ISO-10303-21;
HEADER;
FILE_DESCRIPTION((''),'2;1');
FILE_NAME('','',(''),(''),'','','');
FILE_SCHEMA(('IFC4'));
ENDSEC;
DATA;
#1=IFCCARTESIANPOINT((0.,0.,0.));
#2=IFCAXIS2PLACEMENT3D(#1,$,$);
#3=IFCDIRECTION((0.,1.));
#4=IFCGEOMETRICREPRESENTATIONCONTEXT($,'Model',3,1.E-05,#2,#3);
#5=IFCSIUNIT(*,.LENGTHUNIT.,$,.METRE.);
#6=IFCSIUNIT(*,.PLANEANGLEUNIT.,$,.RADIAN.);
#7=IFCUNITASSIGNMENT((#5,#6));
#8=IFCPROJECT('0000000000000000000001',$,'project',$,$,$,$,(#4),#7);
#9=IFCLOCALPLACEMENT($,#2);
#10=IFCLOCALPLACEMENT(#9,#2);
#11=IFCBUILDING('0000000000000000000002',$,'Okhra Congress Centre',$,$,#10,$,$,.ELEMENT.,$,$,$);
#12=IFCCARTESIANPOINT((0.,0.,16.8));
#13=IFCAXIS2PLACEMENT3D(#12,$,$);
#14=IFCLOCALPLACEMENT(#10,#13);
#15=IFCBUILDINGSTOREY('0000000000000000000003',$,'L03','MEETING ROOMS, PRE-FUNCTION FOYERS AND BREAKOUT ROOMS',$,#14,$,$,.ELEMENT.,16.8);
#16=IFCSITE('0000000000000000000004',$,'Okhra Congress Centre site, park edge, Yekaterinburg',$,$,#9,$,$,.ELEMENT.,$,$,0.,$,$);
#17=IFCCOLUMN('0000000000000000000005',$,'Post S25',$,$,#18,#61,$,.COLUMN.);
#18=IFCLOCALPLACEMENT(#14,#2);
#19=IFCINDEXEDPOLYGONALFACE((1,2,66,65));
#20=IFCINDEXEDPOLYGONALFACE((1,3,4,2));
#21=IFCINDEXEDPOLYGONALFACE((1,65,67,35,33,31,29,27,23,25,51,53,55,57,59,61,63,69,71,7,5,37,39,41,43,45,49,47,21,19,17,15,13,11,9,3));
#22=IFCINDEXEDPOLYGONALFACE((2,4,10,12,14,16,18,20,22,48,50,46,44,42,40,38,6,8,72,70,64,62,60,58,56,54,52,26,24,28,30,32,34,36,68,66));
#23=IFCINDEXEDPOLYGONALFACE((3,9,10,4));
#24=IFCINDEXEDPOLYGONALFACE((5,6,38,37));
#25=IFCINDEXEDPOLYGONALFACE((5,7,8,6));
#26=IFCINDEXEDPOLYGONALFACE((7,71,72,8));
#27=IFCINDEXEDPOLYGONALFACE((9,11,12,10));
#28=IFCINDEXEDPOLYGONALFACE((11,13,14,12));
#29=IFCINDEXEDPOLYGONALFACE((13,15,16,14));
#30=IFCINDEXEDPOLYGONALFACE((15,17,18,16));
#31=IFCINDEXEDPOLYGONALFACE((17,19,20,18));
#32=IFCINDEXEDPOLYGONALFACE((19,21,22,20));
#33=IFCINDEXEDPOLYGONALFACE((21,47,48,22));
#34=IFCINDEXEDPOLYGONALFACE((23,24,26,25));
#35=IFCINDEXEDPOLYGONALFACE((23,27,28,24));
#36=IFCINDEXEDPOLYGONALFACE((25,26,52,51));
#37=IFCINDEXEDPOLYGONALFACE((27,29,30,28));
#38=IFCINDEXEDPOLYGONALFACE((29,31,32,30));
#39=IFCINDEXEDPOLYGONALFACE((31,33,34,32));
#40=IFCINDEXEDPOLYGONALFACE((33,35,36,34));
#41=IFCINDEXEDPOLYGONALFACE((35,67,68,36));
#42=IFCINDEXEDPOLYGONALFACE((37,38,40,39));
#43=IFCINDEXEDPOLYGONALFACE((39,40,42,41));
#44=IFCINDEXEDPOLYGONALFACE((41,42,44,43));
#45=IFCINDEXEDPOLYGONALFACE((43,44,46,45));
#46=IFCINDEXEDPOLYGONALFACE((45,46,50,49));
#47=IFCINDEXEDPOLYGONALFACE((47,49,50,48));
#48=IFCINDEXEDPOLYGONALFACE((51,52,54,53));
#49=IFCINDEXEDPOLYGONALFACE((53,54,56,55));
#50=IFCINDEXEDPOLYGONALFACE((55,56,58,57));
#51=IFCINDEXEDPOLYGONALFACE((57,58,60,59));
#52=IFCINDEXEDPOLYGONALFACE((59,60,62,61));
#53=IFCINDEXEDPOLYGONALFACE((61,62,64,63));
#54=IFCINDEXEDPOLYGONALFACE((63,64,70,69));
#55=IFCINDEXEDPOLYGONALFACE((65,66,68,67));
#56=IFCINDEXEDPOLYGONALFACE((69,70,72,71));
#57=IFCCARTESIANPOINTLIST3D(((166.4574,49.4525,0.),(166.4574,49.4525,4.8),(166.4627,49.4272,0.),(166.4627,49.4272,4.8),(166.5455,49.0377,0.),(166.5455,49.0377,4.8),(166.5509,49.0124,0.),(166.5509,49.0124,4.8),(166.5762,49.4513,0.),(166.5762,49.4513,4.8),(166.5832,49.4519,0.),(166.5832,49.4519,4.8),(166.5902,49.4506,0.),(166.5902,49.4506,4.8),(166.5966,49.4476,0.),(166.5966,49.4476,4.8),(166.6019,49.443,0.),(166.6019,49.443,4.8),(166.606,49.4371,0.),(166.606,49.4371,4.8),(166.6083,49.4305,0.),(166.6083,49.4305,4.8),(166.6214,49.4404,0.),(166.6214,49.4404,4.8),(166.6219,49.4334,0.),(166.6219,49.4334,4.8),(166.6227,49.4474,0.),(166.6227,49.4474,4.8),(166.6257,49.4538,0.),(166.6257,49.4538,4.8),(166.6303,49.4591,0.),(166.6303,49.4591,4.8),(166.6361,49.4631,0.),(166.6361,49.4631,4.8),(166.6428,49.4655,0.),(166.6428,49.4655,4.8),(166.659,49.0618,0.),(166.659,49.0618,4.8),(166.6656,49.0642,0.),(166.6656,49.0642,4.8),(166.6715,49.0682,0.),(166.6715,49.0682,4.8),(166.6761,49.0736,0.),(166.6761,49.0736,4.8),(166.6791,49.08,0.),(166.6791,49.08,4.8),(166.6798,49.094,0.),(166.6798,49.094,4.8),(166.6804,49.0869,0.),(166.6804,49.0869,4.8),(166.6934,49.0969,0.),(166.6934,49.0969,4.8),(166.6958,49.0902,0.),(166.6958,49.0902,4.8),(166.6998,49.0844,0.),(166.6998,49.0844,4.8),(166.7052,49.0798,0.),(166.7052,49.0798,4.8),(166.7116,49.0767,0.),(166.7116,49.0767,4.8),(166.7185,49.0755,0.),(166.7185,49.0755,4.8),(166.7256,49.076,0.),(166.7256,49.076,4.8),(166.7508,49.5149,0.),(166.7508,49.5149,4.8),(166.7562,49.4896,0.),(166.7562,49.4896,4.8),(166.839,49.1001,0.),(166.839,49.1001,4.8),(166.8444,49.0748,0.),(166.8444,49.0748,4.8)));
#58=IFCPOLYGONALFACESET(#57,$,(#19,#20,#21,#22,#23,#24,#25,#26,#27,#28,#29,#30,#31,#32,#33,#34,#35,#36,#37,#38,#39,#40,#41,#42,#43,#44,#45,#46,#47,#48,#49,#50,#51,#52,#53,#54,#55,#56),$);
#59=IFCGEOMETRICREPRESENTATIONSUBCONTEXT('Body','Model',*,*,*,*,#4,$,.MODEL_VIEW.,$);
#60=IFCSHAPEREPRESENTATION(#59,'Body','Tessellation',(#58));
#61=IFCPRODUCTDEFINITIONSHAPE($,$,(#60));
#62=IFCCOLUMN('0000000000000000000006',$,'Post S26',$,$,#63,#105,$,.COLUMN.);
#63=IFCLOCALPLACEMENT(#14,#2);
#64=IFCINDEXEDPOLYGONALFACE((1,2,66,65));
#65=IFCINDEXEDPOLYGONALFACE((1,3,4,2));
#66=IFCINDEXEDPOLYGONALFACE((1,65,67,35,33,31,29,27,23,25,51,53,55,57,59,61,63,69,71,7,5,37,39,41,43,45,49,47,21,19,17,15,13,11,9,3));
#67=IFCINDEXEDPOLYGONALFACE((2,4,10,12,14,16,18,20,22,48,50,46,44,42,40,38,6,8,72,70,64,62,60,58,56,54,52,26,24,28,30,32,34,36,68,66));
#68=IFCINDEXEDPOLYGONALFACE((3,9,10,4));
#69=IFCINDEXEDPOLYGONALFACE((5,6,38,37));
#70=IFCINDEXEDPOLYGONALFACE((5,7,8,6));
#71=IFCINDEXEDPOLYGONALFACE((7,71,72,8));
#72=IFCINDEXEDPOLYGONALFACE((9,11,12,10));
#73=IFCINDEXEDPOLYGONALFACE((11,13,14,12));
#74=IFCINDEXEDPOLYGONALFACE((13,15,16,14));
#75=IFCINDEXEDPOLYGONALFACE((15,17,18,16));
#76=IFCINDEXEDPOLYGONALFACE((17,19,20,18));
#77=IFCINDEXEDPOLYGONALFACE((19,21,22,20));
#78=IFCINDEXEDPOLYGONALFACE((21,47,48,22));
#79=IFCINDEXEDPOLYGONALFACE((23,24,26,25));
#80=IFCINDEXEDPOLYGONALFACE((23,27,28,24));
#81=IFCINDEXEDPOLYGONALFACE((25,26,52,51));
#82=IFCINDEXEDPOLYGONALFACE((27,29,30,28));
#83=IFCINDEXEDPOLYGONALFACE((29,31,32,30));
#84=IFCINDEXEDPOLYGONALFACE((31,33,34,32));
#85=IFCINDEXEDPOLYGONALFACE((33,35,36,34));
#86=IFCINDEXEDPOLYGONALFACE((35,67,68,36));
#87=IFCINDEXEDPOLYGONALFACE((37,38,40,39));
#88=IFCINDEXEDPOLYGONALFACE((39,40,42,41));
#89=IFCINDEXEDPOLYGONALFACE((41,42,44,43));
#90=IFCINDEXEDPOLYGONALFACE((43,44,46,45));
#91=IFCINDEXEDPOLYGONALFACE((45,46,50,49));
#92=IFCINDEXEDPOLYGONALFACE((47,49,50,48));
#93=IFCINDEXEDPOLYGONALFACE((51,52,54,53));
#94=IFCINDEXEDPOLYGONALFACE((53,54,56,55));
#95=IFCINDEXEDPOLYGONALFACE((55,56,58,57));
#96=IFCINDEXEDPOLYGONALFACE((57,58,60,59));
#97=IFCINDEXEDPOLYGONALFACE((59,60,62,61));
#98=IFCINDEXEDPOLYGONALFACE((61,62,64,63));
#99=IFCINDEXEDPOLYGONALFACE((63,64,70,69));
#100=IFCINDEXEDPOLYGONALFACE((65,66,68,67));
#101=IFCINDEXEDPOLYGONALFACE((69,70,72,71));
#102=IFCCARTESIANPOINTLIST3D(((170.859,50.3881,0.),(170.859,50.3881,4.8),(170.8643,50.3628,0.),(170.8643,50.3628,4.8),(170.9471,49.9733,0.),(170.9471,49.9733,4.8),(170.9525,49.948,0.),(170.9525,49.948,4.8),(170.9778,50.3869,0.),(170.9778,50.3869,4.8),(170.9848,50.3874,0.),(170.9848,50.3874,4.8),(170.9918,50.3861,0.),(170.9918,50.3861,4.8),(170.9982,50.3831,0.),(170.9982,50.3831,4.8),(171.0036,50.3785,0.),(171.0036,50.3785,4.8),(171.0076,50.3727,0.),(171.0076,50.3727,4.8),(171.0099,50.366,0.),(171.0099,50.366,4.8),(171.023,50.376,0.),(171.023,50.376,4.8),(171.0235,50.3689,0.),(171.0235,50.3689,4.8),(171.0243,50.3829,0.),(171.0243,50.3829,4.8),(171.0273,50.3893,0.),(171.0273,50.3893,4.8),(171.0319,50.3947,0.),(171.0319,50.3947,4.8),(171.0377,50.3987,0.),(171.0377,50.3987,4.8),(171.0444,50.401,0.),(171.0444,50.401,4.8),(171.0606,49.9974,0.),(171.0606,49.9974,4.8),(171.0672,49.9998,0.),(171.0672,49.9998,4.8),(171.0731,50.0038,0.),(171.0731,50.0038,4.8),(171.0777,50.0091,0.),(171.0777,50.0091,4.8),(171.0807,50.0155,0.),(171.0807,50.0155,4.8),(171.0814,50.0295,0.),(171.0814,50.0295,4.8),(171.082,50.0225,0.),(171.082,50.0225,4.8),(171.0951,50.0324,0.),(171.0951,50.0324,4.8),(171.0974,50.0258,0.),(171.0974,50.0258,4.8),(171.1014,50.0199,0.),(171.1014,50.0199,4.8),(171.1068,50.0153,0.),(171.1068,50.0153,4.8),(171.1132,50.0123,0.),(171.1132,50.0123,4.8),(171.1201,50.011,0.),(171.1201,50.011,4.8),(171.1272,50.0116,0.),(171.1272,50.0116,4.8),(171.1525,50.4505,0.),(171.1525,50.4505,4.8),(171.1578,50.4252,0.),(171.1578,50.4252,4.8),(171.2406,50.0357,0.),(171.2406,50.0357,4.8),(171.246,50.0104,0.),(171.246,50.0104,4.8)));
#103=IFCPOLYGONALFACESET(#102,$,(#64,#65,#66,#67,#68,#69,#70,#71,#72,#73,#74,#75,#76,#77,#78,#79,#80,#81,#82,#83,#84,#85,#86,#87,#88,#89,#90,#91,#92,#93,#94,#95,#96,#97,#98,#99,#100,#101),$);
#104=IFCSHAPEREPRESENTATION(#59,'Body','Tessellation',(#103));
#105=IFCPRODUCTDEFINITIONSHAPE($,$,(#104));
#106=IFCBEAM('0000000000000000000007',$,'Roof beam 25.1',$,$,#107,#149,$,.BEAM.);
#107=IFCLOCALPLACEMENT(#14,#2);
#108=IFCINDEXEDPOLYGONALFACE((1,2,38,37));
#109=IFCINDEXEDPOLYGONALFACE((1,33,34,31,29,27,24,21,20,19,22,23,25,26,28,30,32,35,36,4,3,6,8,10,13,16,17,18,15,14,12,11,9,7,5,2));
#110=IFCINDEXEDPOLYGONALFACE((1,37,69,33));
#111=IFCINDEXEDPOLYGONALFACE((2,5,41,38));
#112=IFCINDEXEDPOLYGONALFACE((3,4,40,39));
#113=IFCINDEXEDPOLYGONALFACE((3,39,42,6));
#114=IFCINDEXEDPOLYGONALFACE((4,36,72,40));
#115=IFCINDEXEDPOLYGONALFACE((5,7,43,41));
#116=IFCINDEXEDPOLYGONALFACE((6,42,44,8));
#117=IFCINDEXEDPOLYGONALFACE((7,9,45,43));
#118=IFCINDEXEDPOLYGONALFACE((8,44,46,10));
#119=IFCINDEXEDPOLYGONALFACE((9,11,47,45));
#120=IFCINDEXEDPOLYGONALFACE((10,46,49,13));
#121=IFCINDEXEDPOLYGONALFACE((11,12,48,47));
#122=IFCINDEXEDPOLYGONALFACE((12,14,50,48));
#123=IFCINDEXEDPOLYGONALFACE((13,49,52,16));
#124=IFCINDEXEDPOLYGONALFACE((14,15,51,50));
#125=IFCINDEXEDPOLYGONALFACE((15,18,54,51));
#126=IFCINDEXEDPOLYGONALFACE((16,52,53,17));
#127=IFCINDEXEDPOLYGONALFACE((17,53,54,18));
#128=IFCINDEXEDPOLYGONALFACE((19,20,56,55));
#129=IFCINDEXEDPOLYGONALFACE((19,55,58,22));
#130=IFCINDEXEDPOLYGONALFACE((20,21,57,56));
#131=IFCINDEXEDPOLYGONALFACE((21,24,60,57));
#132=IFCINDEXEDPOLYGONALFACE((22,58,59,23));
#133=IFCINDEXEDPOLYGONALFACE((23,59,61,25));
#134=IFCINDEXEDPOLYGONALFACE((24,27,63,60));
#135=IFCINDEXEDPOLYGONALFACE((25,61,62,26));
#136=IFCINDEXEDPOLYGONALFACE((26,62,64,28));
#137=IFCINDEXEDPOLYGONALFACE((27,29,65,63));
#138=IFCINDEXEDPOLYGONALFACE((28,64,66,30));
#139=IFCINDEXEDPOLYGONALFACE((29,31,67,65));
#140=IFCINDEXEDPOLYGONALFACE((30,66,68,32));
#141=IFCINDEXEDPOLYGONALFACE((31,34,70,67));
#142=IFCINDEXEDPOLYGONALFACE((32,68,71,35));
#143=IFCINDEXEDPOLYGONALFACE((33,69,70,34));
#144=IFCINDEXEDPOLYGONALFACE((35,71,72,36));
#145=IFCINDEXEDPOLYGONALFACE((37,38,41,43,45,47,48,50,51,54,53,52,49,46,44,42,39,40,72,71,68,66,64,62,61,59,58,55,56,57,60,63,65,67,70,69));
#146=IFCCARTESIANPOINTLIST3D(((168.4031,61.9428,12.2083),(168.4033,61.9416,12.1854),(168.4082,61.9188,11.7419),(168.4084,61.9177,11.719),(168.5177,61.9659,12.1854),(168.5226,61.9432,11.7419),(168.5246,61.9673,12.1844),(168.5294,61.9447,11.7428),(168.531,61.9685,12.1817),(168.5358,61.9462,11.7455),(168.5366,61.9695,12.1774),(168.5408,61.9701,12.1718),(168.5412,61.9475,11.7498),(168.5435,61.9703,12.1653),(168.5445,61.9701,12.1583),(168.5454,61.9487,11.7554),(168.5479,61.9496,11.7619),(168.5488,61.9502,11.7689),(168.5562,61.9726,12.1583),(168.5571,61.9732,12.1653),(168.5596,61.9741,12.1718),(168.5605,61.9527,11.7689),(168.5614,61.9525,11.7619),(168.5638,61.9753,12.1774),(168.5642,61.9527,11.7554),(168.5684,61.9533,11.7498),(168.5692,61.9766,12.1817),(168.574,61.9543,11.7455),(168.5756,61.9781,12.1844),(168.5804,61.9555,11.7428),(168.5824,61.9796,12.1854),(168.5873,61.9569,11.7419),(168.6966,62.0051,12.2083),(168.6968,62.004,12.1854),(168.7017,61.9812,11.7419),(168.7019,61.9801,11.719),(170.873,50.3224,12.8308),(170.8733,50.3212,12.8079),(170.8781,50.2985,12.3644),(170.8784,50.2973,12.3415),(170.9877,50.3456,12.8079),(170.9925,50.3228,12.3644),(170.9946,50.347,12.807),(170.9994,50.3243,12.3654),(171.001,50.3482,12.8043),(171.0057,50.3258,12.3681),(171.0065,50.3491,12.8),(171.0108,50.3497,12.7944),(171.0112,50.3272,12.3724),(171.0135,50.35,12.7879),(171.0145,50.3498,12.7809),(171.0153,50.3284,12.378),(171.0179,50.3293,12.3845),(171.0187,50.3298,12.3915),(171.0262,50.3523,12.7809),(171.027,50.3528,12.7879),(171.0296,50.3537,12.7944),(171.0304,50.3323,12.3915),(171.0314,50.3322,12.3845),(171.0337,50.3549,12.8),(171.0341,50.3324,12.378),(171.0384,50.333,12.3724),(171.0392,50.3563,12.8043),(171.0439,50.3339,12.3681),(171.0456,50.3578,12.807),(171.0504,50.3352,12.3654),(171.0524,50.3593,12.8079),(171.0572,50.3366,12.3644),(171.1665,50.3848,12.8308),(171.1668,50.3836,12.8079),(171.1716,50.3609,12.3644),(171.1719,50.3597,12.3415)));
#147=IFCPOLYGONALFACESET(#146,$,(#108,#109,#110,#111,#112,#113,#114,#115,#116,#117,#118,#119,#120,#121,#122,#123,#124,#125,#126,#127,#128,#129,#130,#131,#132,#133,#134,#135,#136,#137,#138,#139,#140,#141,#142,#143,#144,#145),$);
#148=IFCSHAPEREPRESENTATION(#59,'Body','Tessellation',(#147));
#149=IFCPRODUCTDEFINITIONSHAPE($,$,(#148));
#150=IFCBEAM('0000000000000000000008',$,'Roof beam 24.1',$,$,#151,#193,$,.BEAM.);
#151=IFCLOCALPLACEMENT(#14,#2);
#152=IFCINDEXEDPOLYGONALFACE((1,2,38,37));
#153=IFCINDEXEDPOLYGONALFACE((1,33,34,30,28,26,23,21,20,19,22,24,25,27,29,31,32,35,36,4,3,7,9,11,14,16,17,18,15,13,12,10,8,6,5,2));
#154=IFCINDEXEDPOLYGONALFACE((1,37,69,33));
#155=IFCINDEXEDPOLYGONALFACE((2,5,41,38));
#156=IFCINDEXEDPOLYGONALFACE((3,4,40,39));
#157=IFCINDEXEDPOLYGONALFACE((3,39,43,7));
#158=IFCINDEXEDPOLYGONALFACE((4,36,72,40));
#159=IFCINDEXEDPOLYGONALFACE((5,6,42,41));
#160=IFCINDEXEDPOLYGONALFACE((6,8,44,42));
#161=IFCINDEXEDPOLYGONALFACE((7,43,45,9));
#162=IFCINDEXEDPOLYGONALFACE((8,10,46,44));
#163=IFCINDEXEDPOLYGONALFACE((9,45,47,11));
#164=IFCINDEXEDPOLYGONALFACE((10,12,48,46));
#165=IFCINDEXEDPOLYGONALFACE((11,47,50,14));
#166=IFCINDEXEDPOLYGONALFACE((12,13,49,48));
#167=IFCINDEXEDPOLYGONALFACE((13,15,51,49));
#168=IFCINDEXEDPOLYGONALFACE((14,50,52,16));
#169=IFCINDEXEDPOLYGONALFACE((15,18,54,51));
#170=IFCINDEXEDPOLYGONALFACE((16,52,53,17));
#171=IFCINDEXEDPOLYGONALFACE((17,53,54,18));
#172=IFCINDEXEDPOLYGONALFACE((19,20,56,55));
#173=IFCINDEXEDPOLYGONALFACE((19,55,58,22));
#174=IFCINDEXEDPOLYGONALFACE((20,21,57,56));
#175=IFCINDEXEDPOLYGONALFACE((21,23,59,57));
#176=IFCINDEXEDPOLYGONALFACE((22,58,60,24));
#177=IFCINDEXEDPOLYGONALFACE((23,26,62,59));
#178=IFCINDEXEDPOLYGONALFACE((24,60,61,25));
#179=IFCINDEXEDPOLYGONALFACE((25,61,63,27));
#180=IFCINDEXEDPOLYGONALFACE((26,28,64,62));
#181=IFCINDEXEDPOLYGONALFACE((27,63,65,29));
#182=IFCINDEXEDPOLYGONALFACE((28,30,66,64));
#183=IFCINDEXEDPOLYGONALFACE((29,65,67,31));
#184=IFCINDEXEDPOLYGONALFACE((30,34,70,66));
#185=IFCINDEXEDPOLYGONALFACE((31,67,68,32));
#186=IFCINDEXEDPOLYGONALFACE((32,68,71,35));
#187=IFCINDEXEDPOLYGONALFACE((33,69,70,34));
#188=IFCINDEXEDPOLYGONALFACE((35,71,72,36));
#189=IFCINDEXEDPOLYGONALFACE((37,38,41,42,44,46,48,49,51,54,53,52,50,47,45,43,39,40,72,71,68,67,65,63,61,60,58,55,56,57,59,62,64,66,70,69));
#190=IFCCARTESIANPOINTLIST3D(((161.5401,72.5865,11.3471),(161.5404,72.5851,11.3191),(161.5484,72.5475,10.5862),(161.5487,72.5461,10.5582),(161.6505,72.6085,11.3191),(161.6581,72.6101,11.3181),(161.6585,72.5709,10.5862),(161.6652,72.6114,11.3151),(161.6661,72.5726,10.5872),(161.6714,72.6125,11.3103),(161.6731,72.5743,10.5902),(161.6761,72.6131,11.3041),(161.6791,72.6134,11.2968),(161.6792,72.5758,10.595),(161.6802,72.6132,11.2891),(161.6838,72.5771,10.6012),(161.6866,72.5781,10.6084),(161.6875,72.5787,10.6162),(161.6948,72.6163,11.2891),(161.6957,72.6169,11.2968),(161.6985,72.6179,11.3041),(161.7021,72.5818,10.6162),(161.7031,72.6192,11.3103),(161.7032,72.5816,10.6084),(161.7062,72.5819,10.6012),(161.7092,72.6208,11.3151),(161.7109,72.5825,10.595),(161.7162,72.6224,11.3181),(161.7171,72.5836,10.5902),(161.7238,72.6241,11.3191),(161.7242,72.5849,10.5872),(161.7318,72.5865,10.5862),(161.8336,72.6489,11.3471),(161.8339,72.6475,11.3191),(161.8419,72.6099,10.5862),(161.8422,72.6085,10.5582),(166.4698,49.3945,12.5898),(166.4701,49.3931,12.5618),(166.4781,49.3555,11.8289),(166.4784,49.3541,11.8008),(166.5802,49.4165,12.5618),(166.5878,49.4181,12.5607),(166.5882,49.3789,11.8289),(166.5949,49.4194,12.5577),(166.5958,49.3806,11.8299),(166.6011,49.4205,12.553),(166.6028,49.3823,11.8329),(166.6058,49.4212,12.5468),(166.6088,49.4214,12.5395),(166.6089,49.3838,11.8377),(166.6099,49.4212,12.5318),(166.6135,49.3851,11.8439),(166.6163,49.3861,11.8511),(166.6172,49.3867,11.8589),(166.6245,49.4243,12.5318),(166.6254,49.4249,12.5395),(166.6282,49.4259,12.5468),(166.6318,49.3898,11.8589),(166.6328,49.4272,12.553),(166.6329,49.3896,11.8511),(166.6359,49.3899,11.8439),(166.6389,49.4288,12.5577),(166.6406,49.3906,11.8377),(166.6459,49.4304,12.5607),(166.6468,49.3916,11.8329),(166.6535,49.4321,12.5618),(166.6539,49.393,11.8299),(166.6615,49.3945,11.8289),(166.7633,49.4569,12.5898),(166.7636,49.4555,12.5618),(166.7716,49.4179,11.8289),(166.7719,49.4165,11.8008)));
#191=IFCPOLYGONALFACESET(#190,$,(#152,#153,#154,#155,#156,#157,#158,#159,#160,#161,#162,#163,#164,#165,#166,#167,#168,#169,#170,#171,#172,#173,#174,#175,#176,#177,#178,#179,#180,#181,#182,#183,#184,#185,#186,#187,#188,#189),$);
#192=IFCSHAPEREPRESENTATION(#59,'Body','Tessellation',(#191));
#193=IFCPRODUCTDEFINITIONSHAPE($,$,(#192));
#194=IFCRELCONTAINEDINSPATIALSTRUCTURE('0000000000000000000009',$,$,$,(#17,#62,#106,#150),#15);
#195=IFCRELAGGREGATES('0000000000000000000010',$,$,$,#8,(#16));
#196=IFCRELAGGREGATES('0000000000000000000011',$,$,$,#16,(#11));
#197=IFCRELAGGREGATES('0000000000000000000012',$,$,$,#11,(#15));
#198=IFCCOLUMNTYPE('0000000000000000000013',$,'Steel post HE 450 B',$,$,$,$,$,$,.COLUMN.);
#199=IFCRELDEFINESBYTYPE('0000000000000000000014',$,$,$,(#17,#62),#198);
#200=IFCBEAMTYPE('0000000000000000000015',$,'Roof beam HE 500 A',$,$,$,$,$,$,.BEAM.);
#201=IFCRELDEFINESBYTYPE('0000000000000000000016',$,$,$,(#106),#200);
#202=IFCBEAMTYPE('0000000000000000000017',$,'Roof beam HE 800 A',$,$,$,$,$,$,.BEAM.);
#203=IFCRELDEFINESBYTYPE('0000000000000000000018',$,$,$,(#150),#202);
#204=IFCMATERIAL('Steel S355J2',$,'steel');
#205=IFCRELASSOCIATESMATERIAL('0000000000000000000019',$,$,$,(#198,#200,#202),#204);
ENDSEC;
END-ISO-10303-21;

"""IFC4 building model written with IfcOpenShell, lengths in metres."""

from ifc_helpers import new_model, si_unit, direction, frame, origin, origin_2d, place, context, subcontext, project, spatial, i_section, extrude, material, material_profile, profile_set, type_object, element, save


model = new_model("IFC4")

# Units and contexts
model_context = context("Model", 3, precision=1e-05, world=origin(), true_north=direction((0.0, 1.0)))
body_context = subcontext(model_context, "Body", "Model", "MODEL_VIEW")
ifc_project = project(units=[si_unit("LENGTHUNIT", "METRE"), si_unit("PLANEANGLEUNIT", "RADIAN")], contexts=[model_context])

# Site, building, storey
site_placement = place(None, origin())
site = spatial("IfcSite", under=ifc_project, at=site_placement, Name="Okhra Congress Centre site, park edge, Yekaterinburg", CompositionType="ELEMENT", RefElevation=0.0)
building_placement = place(site_placement, origin())
building = spatial("IfcBuilding", under=site, at=building_placement, Name="Okhra Congress Centre", CompositionType="ELEMENT")
storey_placement = place(building_placement, frame((0.0, 0.0, 16.8)))
storey = spatial("IfcBuildingStorey", under=building, at=storey_placement, Name="L03", Description="MEETING ROOMS, PRE-FUNCTION FOYERS AND BREAKOUT ROOMS", CompositionType="ELEMENT", Elevation=16.8)

# Columns
ifc_material_1 = material(Name="Steel S355J2", Category="steel")
ifc_material_profile_1 = material_profile(ifc_material_1, i_section(OverallWidth=0.3, OverallDepth=0.45, WebThickness=0.0139, FlangeThickness=0.0259, FilletRadius=0.0271, at=origin_2d()), Name="HE 450 B")
ifc_profile_set_1 = profile_set([ifc_material_profile_1], Name="Steel S355J2")
column_type = type_object("IfcColumnType", Name="Steel post HE 450 B", PredefinedType="COLUMN", material=ifc_profile_set_1)
for number, where, z_axis, x_axis, name in (
    (1, (166.6509, 49.2637, 0.0), (0.0, 0.0, 1.0), (0.978148, 0.207912, 0.0), "Post S25"),
    (2, (171.0525, 50.1992, 0.0), (0.0, 0.0, 1.0), (0.978148, 0.207912, 0.0), "Post S26"),
):
    element("IfcColumn", number, at=place(storey_placement, frame(where, z_axis=z_axis, x_axis=x_axis)), inside=storey, type_object=column_type, Name=name, PredefinedType="COLUMN", context=body_context, shape_type="SweptSolid", body=[
        extrude(i_section(OverallWidth=0.3, OverallDepth=0.45, WebThickness=0.0139, FlangeThickness=0.0259, FilletRadius=0.0271, at=origin_2d()), origin(), (0.0, 0.0, 1.0), 4.8),
    ])

# Beams
ifc_material_profile_2 = material_profile(ifc_material_1, i_section(OverallWidth=0.3, OverallDepth=0.49, WebThickness=0.012, FlangeThickness=0.0229, FilletRadius=0.0271, at=origin_2d()), Name="HE 500 A")
ifc_profile_set_2 = profile_set([ifc_material_profile_2], Name="Steel S355J2")
beam_type_1 = type_object("IfcBeamType", Name="Roof beam HE 500 A", PredefinedType="BEAM", material=ifc_profile_set_2)
beam_1_placement = place(storey_placement, frame((171.0225, 50.3411, 12.5862), z_axis=(-0.207626, 0.976808, -0.052332), x_axis=(-0.978148, -0.207911, 0.0)))
element("IfcBeam", 3, at=beam_1_placement, inside=storey, type_object=beam_type_1, Name="Roof beam 25.1", PredefinedType="BEAM", context=body_context, shape_type="SweptSolid", body=[
    extrude(i_section(OverallWidth=0.3, OverallDepth=0.49, WebThickness=0.012, FlangeThickness=0.0229, FilletRadius=0.0271, at=origin_2d()), origin(), (0.0, 0.0, 1.0), 11.8962),
])
ifc_material_profile_3 = material_profile(ifc_material_1, i_section(OverallWidth=0.3, OverallDepth=0.79, WebThickness=0.0149, FlangeThickness=0.0281, FilletRadius=0.03, at=origin_2d()), Name="HE 800 A")
ifc_profile_set_3 = profile_set([ifc_material_profile_3], Name="Steel S355J2")
beam_type_2 = type_object("IfcBeamType", Name="Roof beam HE 800 A", PredefinedType="BEAM", material=ifc_profile_set_3)
beam_2_placement = place(storey_placement, frame((166.6208, 49.4055, 12.1953), z_axis=(-0.207631, 0.976806, -0.05234), x_axis=(-0.978147, -0.207916, 0.0)))
element("IfcBeam", 4, at=beam_2_placement, inside=storey, type_object=beam_type_2, Name="Roof beam 24.1", PredefinedType="BEAM", context=body_context, shape_type="SweptSolid", body=[
    extrude(i_section(OverallWidth=0.3, OverallDepth=0.79, WebThickness=0.0149, FlangeThickness=0.0281, FilletRadius=0.03, at=origin_2d()), origin(), (0.0, 0.0, 1.0), 23.7427),
])

save(model, "model.ifc")
